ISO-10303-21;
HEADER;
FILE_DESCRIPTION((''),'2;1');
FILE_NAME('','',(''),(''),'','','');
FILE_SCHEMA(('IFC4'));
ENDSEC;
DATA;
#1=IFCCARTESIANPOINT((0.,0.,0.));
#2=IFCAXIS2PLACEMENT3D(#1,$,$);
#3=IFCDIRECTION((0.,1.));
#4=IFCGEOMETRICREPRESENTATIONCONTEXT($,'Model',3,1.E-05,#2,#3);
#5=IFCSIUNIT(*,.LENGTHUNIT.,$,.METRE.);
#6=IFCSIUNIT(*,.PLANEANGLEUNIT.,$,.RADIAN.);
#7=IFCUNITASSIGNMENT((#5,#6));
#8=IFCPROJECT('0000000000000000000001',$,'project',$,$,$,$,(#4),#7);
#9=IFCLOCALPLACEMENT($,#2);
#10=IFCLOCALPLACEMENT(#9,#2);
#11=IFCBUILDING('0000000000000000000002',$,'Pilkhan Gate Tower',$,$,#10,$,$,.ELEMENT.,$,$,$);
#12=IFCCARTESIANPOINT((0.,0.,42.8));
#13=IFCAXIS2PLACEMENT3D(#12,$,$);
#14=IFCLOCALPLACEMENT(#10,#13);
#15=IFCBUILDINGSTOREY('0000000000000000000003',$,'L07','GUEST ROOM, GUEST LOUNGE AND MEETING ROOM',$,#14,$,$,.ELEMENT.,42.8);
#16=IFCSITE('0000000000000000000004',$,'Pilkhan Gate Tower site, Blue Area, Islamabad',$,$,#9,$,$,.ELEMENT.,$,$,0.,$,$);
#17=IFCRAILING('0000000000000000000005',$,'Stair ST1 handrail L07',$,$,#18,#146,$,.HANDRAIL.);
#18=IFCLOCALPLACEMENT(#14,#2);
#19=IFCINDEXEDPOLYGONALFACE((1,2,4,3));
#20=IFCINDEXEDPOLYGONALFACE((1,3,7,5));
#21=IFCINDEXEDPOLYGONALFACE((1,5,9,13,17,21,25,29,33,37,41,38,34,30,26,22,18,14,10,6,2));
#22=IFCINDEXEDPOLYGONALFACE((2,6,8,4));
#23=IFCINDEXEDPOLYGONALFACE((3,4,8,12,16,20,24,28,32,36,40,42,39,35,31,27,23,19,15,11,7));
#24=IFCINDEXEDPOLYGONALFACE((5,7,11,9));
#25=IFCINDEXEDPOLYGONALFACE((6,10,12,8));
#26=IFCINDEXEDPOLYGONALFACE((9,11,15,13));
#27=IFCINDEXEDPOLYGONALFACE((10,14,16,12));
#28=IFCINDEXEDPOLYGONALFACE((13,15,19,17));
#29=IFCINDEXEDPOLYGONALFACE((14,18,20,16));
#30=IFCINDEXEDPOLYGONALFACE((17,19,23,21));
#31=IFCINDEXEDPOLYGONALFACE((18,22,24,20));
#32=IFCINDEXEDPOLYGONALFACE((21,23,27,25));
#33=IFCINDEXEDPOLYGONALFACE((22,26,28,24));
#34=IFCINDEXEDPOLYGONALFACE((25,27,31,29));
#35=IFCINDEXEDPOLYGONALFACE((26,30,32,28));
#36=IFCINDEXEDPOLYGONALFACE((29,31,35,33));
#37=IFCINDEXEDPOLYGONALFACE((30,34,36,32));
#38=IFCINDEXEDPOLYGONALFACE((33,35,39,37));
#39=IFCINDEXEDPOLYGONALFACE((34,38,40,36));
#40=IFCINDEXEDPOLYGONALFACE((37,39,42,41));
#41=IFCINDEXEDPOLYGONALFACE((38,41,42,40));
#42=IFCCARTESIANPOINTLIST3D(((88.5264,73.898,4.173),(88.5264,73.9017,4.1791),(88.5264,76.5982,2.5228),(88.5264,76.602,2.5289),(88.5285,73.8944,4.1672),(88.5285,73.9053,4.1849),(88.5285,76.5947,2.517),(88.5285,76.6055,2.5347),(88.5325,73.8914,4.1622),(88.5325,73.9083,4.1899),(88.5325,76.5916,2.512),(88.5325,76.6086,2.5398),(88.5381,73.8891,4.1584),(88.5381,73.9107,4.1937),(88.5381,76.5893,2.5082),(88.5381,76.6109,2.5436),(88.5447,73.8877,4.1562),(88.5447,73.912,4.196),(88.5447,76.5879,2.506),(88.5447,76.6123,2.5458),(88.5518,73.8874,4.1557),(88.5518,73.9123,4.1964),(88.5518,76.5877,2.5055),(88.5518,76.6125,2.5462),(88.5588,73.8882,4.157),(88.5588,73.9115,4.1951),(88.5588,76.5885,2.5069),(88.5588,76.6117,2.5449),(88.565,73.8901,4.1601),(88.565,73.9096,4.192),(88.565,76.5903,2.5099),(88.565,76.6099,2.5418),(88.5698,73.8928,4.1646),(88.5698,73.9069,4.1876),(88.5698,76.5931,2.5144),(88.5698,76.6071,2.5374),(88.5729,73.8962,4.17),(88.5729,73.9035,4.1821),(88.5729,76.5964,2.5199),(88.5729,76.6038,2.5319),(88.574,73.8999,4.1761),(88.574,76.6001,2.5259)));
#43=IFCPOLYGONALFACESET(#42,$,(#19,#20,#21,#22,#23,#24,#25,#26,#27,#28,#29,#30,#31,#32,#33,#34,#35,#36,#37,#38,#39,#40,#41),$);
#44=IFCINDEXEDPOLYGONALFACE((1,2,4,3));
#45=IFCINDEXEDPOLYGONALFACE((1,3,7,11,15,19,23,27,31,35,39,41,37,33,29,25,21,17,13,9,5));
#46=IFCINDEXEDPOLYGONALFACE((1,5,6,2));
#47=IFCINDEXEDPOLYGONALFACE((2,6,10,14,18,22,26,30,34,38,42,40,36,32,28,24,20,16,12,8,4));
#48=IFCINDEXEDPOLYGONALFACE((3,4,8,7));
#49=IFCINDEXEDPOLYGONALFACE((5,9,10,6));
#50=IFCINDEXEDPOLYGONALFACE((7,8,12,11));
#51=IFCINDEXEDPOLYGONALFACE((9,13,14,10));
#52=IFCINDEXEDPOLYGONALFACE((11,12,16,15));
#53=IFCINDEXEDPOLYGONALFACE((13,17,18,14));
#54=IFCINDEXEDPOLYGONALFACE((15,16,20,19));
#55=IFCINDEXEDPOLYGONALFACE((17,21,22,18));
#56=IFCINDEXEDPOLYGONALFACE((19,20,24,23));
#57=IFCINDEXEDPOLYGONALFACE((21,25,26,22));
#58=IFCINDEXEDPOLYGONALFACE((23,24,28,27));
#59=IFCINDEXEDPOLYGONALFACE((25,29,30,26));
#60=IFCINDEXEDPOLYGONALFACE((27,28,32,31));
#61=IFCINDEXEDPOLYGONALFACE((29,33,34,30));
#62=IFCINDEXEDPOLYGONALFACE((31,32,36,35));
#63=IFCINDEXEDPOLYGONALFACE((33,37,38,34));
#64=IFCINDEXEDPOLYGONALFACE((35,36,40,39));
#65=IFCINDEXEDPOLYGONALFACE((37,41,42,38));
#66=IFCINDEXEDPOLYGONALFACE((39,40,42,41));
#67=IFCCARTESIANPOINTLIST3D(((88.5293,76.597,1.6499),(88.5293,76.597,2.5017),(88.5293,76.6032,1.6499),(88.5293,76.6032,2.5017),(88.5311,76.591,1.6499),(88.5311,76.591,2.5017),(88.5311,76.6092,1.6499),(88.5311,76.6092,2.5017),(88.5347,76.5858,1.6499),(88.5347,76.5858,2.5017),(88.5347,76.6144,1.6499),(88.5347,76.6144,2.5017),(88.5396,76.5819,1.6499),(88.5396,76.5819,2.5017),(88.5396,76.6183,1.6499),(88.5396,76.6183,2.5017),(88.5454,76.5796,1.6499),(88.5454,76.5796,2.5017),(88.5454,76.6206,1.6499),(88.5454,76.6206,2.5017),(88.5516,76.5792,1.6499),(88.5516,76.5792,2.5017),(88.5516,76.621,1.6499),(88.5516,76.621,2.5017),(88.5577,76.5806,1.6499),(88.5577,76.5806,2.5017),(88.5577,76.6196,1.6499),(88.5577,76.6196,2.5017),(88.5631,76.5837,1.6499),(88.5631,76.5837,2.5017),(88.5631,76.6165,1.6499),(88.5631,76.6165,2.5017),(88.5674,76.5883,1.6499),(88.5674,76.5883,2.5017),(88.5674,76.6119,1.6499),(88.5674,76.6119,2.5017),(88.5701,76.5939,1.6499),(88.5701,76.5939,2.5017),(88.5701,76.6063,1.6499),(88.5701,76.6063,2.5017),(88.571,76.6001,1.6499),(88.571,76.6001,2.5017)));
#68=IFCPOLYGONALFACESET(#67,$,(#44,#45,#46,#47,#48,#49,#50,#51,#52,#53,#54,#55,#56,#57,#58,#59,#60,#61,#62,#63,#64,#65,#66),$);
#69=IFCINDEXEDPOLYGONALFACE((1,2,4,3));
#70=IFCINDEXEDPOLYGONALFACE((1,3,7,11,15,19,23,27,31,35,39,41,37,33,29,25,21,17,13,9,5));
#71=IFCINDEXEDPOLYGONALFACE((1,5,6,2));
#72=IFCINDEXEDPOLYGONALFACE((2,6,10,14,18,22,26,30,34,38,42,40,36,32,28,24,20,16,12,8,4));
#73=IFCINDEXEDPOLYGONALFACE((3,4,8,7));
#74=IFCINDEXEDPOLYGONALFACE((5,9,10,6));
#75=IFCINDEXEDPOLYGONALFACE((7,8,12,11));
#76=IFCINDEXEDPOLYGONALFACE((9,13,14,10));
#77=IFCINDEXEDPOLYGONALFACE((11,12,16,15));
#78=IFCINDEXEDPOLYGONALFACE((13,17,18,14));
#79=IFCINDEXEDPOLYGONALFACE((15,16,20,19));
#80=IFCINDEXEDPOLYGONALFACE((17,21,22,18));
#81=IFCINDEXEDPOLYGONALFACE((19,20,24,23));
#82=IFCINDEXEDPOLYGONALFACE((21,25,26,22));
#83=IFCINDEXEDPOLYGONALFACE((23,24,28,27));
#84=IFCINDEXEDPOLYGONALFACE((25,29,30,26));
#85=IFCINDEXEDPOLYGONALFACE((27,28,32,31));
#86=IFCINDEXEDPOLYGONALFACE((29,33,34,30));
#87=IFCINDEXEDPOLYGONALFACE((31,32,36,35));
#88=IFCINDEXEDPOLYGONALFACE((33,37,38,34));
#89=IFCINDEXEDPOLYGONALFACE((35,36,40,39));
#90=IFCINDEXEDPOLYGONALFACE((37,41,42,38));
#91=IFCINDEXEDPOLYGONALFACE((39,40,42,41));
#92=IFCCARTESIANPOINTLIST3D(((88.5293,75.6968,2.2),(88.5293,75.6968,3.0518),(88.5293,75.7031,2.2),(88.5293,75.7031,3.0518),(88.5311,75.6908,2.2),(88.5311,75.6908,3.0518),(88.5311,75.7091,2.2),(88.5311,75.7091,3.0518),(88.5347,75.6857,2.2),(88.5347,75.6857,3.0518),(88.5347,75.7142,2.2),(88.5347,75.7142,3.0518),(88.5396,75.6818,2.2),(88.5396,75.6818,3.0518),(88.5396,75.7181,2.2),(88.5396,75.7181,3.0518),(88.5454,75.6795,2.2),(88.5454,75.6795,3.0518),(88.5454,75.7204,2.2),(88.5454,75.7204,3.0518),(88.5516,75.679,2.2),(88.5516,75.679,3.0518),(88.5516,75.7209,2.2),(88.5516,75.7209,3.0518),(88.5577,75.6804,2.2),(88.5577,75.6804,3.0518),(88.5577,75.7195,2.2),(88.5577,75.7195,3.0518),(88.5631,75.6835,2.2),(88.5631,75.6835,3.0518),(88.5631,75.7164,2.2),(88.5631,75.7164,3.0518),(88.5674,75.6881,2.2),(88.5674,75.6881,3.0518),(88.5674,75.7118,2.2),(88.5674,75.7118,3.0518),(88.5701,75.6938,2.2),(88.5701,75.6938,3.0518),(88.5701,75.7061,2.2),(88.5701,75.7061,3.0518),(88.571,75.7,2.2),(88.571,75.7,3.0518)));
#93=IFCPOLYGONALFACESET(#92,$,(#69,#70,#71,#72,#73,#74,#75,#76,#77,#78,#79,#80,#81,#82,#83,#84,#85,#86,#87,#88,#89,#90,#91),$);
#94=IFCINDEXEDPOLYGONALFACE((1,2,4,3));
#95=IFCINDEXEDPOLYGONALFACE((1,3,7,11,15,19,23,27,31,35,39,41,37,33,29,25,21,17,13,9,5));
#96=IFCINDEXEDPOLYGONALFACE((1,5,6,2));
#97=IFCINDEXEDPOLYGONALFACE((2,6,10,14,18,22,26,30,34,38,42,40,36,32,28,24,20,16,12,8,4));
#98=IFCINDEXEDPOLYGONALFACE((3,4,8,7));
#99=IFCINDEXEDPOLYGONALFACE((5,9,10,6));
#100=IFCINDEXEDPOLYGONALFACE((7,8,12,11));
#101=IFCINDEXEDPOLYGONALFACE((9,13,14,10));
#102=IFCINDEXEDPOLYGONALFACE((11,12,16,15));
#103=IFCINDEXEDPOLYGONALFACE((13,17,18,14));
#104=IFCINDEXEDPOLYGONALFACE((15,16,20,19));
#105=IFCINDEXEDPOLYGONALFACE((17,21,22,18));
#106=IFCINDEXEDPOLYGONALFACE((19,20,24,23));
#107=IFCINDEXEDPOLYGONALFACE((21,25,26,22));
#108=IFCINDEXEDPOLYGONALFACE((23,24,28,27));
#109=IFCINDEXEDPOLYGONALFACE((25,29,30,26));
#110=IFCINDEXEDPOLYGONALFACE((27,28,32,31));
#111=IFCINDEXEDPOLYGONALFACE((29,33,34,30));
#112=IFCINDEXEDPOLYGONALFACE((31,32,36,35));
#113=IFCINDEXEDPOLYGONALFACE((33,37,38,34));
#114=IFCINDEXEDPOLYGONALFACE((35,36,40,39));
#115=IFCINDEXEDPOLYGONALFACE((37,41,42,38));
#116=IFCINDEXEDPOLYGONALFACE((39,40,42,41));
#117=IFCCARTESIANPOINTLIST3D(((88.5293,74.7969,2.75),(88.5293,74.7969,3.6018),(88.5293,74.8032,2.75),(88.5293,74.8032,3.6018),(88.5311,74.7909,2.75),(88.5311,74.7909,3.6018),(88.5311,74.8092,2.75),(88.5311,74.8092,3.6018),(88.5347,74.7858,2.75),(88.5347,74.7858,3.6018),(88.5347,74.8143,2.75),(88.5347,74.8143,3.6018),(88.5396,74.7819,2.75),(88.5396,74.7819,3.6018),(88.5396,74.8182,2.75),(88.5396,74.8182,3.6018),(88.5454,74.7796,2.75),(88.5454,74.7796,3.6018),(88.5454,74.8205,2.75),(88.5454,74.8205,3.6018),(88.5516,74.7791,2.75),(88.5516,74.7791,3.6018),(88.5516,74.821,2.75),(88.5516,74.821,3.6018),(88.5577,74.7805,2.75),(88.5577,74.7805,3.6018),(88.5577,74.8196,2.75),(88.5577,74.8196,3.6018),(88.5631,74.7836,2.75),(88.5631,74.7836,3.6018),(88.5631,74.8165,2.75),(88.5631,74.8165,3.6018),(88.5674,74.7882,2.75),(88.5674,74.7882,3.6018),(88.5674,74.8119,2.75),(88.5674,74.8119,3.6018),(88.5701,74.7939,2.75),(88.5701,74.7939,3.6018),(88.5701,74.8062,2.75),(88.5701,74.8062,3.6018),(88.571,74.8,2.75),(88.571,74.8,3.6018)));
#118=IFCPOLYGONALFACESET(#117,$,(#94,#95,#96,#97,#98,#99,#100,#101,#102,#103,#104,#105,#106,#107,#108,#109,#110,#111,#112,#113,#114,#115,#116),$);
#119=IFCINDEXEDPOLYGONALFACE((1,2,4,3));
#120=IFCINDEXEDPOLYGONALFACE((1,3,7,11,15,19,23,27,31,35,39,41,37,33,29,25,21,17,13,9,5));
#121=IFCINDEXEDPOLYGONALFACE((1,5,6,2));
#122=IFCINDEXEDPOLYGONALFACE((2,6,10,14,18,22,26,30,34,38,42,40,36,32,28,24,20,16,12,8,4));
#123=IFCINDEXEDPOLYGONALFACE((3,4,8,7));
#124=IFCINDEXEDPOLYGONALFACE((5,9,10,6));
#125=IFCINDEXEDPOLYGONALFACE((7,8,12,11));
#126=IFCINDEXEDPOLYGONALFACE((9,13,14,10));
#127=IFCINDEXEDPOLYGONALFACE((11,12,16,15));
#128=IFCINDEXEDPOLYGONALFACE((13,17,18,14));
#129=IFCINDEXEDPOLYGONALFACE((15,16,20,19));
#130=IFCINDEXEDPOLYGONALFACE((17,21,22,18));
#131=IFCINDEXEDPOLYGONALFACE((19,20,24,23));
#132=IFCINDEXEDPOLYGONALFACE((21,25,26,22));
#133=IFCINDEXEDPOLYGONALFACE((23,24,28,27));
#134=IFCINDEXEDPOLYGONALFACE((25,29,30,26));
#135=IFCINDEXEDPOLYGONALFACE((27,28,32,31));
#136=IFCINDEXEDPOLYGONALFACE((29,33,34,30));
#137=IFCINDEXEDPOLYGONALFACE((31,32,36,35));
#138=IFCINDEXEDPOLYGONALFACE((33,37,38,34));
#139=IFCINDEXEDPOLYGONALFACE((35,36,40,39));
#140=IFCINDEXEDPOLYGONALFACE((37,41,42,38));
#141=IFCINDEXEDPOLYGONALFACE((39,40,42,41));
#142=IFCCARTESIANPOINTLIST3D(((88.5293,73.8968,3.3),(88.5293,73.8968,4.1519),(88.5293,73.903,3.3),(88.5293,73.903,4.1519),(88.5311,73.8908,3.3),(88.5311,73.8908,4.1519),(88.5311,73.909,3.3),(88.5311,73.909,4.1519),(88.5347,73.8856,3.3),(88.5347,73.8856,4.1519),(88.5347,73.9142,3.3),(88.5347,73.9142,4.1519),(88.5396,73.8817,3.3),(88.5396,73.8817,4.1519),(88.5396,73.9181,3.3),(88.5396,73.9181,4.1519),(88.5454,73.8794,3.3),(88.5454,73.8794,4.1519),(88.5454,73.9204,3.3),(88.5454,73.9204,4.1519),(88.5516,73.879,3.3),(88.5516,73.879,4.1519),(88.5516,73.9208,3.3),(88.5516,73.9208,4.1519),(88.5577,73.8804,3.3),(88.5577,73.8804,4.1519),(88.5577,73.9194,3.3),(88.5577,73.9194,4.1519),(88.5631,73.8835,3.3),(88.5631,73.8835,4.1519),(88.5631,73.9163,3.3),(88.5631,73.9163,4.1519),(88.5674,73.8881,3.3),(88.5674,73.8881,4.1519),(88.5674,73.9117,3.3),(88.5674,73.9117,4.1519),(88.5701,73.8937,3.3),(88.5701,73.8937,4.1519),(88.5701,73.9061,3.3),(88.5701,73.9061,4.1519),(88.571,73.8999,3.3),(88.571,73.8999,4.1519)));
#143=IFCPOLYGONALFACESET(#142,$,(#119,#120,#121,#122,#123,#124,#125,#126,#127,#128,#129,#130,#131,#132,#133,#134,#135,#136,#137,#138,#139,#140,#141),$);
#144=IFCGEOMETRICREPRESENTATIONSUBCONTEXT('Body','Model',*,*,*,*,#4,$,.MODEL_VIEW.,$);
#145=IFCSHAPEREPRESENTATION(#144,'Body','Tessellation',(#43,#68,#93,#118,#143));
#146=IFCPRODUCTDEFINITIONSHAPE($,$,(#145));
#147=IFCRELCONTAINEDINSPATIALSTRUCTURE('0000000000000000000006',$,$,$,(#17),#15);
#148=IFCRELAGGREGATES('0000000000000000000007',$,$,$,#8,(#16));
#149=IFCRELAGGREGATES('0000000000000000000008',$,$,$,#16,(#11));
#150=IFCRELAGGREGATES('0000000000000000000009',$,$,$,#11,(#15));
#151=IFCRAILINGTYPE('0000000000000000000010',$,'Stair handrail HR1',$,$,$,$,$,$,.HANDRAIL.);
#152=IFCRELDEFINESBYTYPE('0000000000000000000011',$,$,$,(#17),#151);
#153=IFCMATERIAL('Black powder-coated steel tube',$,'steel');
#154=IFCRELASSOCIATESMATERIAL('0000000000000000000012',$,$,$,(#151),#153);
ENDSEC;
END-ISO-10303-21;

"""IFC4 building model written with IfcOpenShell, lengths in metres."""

from ifc_helpers import new_model, si_unit, direction, frame, origin, origin_2d, place, context, subcontext, project, spatial, circle, extrude, material, type_object, element, save


model = new_model("IFC4")

# Units and contexts
model_context = context("Model", 3, precision=1e-05, world=origin(), true_north=direction((0.0, 1.0)))
body_context = subcontext(model_context, "Body", "Model", "MODEL_VIEW")
ifc_project = project(units=[si_unit("LENGTHUNIT", "METRE"), si_unit("PLANEANGLEUNIT", "RADIAN")], contexts=[model_context])

# Site, building, storey
site_placement = place(None, origin())
site = spatial("IfcSite", under=ifc_project, at=site_placement, Name="Pilkhan Gate Tower site, Blue Area, Islamabad", CompositionType="ELEMENT", RefElevation=0.0)
building_placement = place(site_placement, origin())
building = spatial("IfcBuilding", under=site, at=building_placement, Name="Pilkhan Gate Tower", CompositionType="ELEMENT")
storey_placement = place(building_placement, frame((0.0, 0.0, 42.8)))
storey = spatial("IfcBuildingStorey", under=building, at=storey_placement, Name="L07", Description="GUEST ROOM, GUEST LOUNGE AND MEETING ROOM", CompositionType="ELEMENT", Elevation=42.8)

# Railing
ifc_material_1 = material(Name="Black powder-coated steel tube", Category="steel")
railing_type_1 = type_object("IfcRailingType", Name="Stair handrail HR1", PredefinedType="HANDRAIL", material=ifc_material_1)
railing_1_placement = place(storey_placement, frame((88.55, 76.6001, 1.6499)))
element("IfcRailing", 1, at=railing_1_placement, inside=storey, type_object=railing_type_1, Name="Stair ST1 handrail L07", PredefinedType="HANDRAIL", context=body_context, shape_type="SweptSolid", body=[
    extrude(circle(Radius=0.0239, at=origin_2d()), frame((0.0, 0.0, 0.876), z_axis=(0.0, -0.853278, 0.521456), x_axis=(1.0, 0.0, 0.0)), (0.0, 0.0, 1.0), 3.1646),
    extrude(circle(Radius=0.021, at=origin_2d()), origin(), (0.0, 0.0, 1.0), 0.8518),
    extrude(circle(Radius=0.021, at=origin_2d()), frame((0.0, -0.9001, 0.55)), (0.0, 0.0, 1.0), 0.8518),
    extrude(circle(Radius=0.021, at=origin_2d()), frame((0.0, -1.8, 1.1001)), (0.0, 0.0, 1.0), 0.8518),
    extrude(circle(Radius=0.021, at=origin_2d()), frame((0.0, -2.7002, 1.6501)), (0.0, 0.0, 1.0), 0.8518),
])

save(model, "model.ifc")
